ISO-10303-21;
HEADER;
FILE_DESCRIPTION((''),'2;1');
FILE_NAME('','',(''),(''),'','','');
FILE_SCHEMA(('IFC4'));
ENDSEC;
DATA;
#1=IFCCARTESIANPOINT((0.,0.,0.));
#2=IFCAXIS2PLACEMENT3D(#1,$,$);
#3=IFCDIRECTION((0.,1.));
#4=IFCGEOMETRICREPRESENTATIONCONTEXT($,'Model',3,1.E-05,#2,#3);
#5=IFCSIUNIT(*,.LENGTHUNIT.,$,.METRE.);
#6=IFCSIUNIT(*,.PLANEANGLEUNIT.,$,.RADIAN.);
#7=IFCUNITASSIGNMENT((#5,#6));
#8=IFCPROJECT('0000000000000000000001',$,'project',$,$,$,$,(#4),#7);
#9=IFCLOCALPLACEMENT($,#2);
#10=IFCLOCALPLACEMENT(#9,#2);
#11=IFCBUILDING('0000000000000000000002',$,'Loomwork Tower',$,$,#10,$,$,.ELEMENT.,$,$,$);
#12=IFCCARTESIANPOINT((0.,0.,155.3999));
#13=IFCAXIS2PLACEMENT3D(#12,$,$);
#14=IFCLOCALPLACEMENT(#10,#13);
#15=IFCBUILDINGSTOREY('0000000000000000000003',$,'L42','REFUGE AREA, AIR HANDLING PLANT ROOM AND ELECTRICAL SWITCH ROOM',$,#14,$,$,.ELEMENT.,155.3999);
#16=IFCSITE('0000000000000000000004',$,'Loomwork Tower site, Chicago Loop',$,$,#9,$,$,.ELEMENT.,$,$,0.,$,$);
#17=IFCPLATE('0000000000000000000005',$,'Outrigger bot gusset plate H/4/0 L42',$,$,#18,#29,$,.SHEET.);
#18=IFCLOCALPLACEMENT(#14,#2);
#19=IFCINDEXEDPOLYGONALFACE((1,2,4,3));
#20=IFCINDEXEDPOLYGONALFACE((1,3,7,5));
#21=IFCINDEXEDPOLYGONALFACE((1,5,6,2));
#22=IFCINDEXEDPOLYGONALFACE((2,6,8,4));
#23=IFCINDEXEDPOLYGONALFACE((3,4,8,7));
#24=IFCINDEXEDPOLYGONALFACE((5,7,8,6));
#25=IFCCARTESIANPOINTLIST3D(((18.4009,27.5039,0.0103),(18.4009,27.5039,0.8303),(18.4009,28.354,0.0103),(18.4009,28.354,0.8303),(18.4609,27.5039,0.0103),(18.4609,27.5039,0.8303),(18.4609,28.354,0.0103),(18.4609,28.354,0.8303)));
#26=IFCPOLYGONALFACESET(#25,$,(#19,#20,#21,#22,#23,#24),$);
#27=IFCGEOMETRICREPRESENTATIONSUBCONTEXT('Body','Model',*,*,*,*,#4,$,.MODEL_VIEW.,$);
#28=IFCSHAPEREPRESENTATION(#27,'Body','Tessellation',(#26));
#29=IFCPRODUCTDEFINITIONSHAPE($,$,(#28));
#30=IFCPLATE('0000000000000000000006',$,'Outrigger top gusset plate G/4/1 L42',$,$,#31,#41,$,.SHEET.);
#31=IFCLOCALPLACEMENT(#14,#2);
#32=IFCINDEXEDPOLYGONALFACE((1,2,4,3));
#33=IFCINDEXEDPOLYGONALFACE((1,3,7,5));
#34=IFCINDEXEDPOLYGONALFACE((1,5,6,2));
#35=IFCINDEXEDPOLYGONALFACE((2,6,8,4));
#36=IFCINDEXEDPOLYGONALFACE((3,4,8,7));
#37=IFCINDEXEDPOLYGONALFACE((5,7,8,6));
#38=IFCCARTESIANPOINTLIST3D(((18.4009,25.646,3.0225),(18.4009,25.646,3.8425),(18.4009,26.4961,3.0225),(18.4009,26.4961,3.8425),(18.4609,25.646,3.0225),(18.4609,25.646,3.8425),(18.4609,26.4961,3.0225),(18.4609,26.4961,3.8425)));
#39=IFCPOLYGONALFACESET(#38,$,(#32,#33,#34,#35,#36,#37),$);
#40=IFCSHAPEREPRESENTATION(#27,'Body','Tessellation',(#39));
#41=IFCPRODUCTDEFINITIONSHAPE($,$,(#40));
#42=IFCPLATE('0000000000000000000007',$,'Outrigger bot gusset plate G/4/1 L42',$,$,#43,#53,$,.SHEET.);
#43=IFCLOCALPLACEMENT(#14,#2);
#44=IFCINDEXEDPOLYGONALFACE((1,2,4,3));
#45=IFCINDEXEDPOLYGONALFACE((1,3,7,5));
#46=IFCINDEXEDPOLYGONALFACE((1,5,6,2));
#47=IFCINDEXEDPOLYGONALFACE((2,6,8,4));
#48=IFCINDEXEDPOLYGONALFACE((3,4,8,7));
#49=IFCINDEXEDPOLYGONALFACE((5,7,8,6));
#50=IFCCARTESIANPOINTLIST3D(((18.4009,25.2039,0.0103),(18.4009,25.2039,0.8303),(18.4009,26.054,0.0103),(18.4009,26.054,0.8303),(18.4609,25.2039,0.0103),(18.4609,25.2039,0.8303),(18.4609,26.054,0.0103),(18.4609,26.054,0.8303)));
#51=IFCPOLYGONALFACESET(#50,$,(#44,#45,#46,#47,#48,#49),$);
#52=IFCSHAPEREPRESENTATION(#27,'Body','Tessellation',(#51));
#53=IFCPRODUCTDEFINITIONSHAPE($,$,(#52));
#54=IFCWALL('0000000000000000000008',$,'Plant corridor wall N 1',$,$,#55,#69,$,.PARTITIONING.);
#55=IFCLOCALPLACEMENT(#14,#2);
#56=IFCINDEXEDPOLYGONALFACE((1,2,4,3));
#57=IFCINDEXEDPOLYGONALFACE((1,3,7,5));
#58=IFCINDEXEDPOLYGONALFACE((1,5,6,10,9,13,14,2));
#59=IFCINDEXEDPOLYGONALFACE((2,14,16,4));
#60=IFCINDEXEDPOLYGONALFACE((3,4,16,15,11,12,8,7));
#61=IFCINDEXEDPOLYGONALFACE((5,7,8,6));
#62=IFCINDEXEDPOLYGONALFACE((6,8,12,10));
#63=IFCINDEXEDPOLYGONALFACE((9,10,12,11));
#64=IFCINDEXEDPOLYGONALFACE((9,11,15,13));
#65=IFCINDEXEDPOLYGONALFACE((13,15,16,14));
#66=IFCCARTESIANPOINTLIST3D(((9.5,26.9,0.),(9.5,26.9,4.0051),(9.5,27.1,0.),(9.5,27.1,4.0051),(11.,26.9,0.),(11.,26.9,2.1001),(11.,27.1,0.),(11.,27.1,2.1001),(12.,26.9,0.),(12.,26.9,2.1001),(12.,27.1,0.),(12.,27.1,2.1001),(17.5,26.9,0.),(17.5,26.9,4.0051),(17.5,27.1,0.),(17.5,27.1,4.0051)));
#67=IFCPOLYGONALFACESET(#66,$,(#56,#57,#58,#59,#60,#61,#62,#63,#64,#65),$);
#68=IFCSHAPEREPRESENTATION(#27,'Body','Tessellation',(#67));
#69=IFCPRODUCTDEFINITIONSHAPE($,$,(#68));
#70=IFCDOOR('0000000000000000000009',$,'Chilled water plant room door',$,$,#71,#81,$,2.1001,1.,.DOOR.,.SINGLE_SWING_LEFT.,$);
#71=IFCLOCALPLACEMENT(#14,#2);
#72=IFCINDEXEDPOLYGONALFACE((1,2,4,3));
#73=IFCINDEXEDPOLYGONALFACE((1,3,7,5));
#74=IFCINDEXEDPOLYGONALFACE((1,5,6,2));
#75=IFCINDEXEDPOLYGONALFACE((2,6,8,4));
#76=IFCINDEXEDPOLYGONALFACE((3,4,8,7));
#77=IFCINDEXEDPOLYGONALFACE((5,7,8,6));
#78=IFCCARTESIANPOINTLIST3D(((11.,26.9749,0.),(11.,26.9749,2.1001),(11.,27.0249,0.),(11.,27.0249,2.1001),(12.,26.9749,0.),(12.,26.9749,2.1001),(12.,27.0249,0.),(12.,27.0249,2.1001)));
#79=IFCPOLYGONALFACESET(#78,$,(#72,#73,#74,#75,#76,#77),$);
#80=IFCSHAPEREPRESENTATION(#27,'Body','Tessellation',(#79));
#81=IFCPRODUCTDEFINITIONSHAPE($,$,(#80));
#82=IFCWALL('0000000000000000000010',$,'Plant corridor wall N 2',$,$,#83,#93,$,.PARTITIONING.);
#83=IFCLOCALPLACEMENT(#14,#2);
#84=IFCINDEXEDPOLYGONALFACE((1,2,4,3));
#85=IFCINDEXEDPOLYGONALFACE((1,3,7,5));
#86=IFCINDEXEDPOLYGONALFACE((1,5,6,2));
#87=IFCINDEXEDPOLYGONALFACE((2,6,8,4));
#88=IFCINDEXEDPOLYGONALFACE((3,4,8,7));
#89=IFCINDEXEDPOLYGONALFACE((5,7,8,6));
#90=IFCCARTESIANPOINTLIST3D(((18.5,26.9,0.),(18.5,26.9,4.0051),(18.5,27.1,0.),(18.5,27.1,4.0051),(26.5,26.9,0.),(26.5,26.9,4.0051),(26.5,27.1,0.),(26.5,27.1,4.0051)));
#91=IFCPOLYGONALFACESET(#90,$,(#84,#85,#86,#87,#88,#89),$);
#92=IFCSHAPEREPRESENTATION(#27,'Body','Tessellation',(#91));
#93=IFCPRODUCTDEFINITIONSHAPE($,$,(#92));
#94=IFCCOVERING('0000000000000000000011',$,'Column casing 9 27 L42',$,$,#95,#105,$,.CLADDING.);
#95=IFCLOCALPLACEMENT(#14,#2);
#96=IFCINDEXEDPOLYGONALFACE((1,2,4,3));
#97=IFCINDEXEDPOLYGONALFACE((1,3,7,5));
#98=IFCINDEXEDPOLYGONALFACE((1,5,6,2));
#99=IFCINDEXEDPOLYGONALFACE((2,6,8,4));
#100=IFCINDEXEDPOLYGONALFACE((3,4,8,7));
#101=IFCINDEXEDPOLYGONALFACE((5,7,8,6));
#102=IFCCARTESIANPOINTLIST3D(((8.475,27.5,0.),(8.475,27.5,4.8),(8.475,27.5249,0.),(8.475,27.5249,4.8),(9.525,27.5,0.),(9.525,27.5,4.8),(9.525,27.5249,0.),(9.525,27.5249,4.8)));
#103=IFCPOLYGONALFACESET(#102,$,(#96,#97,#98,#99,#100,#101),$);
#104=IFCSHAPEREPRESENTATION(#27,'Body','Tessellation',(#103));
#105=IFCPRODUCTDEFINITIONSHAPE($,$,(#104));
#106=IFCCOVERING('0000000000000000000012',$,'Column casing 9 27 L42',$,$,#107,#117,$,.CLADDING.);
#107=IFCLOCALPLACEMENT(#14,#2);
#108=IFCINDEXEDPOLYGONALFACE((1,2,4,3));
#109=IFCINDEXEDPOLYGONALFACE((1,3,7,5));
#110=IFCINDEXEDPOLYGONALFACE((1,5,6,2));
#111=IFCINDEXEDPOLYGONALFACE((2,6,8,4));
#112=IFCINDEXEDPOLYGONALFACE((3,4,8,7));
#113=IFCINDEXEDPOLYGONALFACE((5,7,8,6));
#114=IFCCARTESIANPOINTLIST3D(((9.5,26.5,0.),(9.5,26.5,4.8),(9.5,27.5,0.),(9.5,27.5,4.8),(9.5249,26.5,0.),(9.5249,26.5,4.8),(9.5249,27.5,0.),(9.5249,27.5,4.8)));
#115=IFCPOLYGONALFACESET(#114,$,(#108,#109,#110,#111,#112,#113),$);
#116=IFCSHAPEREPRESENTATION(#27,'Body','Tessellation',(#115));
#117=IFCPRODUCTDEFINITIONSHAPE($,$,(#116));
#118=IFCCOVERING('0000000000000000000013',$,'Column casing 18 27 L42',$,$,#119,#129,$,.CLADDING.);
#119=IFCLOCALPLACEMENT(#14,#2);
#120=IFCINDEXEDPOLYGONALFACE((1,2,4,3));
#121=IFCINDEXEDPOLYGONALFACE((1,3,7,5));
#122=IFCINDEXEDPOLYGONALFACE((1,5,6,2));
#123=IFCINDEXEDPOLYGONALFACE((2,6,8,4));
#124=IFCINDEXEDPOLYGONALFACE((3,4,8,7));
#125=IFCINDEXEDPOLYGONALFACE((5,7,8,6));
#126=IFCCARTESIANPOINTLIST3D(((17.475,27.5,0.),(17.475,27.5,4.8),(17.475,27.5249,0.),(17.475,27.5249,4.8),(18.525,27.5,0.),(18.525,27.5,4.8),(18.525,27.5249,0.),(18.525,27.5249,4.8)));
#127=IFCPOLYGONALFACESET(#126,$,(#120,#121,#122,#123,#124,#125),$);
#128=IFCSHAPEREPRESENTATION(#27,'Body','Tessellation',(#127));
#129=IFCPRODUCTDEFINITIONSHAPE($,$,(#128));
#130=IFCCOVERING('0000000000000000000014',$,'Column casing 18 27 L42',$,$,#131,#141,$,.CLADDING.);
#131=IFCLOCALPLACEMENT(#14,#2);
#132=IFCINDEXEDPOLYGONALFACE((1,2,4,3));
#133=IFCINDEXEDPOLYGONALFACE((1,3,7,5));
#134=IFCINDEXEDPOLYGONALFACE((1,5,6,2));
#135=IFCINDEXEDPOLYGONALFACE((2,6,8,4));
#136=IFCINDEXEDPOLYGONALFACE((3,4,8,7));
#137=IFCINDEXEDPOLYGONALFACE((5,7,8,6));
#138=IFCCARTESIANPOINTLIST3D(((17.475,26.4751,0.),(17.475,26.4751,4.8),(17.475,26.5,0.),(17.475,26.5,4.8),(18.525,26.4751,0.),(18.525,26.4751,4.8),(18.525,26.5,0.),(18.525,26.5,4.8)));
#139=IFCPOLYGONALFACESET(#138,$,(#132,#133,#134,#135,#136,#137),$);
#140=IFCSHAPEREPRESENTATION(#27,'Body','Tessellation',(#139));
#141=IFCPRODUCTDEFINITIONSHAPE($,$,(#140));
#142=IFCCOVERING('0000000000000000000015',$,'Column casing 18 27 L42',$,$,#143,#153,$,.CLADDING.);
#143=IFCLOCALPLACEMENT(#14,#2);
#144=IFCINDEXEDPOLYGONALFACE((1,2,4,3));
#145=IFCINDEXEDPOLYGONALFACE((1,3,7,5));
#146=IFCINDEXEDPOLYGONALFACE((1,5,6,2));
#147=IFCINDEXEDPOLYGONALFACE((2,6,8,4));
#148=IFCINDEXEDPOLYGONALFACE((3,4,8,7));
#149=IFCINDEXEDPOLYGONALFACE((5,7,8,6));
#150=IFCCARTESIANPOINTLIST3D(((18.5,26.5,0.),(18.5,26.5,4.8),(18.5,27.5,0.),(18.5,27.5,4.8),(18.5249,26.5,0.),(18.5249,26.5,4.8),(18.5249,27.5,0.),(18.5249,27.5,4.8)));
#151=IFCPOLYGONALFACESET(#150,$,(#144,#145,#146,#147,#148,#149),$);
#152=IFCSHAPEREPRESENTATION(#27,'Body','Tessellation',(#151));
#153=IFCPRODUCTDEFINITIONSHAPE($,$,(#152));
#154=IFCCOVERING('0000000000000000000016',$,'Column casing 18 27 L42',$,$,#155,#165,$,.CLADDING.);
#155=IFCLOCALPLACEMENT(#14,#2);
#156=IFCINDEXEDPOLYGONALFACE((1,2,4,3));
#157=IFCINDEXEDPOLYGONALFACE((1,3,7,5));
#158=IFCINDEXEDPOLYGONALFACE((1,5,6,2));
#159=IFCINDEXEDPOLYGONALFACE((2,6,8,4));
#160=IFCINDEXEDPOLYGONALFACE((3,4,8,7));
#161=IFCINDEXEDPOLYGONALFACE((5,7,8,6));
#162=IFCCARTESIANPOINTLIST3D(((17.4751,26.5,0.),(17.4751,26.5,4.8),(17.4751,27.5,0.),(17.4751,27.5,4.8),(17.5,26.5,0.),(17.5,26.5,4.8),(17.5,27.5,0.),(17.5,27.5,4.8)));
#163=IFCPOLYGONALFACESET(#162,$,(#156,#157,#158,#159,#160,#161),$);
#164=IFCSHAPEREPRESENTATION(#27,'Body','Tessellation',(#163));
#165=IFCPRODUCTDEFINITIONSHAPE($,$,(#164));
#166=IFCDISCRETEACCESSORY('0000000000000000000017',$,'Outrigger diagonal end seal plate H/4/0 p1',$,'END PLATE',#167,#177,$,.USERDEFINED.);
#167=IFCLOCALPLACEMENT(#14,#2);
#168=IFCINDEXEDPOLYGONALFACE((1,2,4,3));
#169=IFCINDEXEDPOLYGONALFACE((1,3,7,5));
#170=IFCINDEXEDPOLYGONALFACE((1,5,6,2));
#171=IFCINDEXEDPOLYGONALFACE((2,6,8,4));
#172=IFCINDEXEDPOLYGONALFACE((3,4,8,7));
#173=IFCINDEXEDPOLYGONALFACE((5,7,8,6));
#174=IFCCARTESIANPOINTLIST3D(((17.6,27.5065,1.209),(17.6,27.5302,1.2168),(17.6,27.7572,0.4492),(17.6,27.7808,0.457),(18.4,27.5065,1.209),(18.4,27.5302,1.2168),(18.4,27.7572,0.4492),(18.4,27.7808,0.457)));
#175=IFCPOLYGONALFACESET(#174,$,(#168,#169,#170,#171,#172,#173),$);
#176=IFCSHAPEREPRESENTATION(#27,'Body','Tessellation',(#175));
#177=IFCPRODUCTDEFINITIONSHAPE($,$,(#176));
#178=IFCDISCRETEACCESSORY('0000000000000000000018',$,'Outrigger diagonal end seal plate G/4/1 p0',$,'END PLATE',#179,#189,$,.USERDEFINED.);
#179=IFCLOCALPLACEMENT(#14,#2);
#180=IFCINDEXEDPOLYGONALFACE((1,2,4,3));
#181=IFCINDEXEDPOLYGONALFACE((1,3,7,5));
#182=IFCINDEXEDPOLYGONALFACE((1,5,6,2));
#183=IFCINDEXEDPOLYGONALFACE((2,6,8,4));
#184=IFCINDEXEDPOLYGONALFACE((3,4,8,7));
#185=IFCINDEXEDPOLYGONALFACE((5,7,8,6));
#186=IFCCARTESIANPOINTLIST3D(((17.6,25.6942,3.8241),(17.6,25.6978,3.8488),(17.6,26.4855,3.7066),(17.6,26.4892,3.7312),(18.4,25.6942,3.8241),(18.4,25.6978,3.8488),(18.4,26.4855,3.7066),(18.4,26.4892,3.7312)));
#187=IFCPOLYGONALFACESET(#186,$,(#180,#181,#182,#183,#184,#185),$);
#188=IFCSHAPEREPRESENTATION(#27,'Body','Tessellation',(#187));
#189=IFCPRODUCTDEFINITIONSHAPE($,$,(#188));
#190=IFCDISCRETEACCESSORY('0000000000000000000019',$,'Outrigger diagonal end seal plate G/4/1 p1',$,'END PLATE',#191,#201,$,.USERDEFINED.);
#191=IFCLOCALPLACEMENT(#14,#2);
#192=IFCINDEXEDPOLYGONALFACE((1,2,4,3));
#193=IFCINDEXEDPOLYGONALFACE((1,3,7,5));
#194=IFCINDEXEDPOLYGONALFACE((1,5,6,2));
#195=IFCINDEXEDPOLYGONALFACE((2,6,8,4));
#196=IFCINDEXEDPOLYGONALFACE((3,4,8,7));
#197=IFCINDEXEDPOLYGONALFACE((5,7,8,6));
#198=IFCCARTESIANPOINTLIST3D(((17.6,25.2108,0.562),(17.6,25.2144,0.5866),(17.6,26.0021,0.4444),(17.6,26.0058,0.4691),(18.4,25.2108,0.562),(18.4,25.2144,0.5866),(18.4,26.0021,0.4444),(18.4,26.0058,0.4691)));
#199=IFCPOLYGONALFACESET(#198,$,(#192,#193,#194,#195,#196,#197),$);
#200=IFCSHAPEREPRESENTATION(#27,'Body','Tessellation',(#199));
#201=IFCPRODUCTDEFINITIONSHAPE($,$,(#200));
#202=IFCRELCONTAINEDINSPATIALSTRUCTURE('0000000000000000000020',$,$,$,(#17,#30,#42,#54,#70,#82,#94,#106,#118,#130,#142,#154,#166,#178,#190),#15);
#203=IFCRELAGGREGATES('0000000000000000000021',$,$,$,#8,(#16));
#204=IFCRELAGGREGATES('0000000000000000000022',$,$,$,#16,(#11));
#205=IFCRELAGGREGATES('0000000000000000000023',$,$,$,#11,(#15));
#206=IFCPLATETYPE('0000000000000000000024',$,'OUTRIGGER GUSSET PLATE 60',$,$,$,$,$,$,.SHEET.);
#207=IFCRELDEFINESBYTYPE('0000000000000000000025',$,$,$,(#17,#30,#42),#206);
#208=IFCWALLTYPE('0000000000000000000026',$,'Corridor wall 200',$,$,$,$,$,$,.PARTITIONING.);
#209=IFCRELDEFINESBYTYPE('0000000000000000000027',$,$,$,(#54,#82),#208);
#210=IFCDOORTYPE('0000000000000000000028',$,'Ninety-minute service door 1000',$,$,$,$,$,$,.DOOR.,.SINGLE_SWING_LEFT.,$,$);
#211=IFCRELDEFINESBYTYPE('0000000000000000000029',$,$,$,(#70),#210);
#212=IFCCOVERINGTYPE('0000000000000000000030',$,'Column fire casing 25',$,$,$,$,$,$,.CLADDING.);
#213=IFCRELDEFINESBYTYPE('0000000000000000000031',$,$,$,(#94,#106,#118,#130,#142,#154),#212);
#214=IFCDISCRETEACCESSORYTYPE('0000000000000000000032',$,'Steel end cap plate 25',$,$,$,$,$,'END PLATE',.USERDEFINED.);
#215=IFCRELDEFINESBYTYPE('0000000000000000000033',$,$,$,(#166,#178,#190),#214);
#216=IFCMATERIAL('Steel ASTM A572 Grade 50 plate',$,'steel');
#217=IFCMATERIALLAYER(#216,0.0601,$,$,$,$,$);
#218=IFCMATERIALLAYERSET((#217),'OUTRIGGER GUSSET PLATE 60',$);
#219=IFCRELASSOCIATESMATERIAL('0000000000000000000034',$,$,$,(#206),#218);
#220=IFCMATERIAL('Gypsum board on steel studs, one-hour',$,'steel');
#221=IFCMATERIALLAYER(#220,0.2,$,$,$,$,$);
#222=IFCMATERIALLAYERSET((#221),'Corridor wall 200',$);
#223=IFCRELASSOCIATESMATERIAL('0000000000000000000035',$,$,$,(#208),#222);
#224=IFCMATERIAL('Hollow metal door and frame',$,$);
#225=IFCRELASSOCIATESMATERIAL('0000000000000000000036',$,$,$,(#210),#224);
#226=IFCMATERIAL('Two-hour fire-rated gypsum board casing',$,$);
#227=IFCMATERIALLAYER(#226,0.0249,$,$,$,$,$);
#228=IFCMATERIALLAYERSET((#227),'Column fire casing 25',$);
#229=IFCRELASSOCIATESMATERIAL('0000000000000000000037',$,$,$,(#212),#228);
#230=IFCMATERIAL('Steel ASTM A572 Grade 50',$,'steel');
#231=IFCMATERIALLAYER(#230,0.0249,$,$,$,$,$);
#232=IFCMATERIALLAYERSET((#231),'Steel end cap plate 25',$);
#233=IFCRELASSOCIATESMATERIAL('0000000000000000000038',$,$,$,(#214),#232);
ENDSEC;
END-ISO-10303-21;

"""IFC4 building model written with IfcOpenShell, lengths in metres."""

from ifc_helpers import new_model, si_unit, direction, frame, frame_2d, origin, origin_2d, place, context, subcontext, project, spatial, rectangle, extrude, material, layer, layer_set, type_object, element, fill, save


model = new_model("IFC4")

# Units and contexts
model_context = context("Model", 3, precision=1e-05, world=origin(), true_north=direction((0.0, 1.0)))
body_context = subcontext(model_context, "Body", "Model", "MODEL_VIEW")
ifc_project = project(units=[si_unit("LENGTHUNIT", "METRE"), si_unit("PLANEANGLEUNIT", "RADIAN")], contexts=[model_context])

# Site, building, storey
site_placement = place(None, origin())
site = spatial("IfcSite", under=ifc_project, at=site_placement, Name="Loomwork Tower site, Chicago Loop", CompositionType="ELEMENT", RefElevation=0.0)
building_placement = place(site_placement, origin())
building = spatial("IfcBuilding", under=site, at=building_placement, Name="Loomwork Tower", CompositionType="ELEMENT")
storey_placement = place(building_placement, frame((0.0, 0.0, 155.3999)))
storey = spatial("IfcBuildingStorey", under=building, at=storey_placement, Name="L42", Description="REFUGE AREA, AIR HANDLING PLANT ROOM AND ELECTRICAL SWITCH ROOM", CompositionType="ELEMENT", Elevation=155.3999)

# Plates
ifc_material_1 = material(Name="Steel ASTM A572 Grade 50 plate", Category="steel")
ifc_layer_1 = layer(ifc_material_1, 0.0601)
ifc_layer_set_1 = layer_set([ifc_layer_1], Name="OUTRIGGER GUSSET PLATE 60")
plate_type = type_object("IfcPlateType", Name="OUTRIGGER GUSSET PLATE 60", PredefinedType="SHEET", material=ifc_layer_set_1)
for number, where, z_axis, x_axis, name in (
    (1, (18.4309, 27.929, 0.0103), (0.0, 0.0, 1.0), (0.0, 1.0, 0.0), "Outrigger bot gusset plate H/4/0 L42"),
    (2, (18.4309, 26.071, 3.0225), (0.0, 0.0, 1.0), (0.0, 1.0, 0.0), "Outrigger top gusset plate G/4/1 L42"),
    (3, (18.4309, 25.6289, 0.0103), (0.0, 0.0, 1.0), (0.0, 1.0, 0.0), "Outrigger bot gusset plate G/4/1 L42"),
):
    element("IfcPlate", number, at=place(storey_placement, frame(where, z_axis=z_axis, x_axis=x_axis)), inside=storey, type_object=plate_type, Name=name, PredefinedType="SHEET", context=body_context, shape_type="SweptSolid", body=[
        extrude(rectangle(XDim=0.8501, YDim=0.0601, at=origin_2d()), origin(), (0.0, 0.0, 1.0), 0.8201),
    ])

# Wall, opening, door
ifc_material_2 = material(Name="Gypsum board on steel studs, one-hour", Category="steel")
ifc_layer_2 = layer(ifc_material_2, 0.2)
ifc_layer_set_2 = layer_set([ifc_layer_2], Name="Corridor wall 200")
wall_type = type_object("IfcWallType", Name="Corridor wall 200", PredefinedType="PARTITIONING", material=ifc_layer_set_2)
wall_1_placement = place(storey_placement, frame((9.5, 27.0, 0.0), z_axis=(0.0, 0.0, 1.0), x_axis=(1.0, 0.0, 0.0)))
wall_1 = element("IfcWall", 4, at=wall_1_placement, inside=storey, type_object=wall_type, Name="Plant corridor wall N 1", PredefinedType="PARTITIONING", context=body_context, shape_type="SweptSolid", body=[
    extrude(rectangle(XDim=8.0, YDim=0.2, at=frame_2d((4.0, 0.0))), origin(), (0.0, 0.0, 1.0), 4.0051),
])
opening_placement = place(wall_1_placement, frame((1.5, 0.0, 0.0)))
opening = element("IfcOpeningElement", 5, at=opening_placement, cuts=wall_1, PredefinedType="OPENING", context=body_context, shape_type="SweptSolid", body=[
    extrude(rectangle(XDim=1.0, YDim=2.1001, at=frame_2d((0.5, 1.05))), frame((0.0, 0.1099, 0.0), z_axis=(0.0, -1.0, 0.0), x_axis=(1.0, 0.0, 0.0)), (0.0, 0.0, 1.0), 0.22),
])
ifc_material_3 = material(Name="Hollow metal door and frame")
door_type = type_object("IfcDoorType", Name="Ninety-minute service door 1000", OperationType="SINGLE_SWING_LEFT", PredefinedType="DOOR", material=ifc_material_3)
door_placement = place(opening_placement, origin())
door = element("IfcDoor", 6, at=door_placement, inside=storey, type_object=door_type, Name="Chilled water plant room door", OperationType="SINGLE_SWING_LEFT", OverallHeight=2.1001, OverallWidth=1.0, PredefinedType="DOOR", context=body_context, shape_type="SweptSolid", body=[
    extrude(rectangle(XDim=1.0, YDim=2.1001, at=frame_2d((0.5, 1.05))), frame((0.0, 0.0249, 0.0), z_axis=(0.0, -1.0, 0.0), x_axis=(1.0, 0.0, 0.0)), (0.0, 0.0, 1.0), 0.05),
])
fill(opening, door)

# Wall
wall_2_placement = place(storey_placement, frame((18.5, 27.0, 0.0), z_axis=(0.0, 0.0, 1.0), x_axis=(1.0, 0.0, 0.0)))
element("IfcWall", 7, at=wall_2_placement, inside=storey, type_object=wall_type, Name="Plant corridor wall N 2", PredefinedType="PARTITIONING", context=body_context, shape_type="SweptSolid", body=[
    extrude(rectangle(XDim=8.0, YDim=0.2, at=frame_2d((4.0, 0.0))), origin(), (0.0, 0.0, 1.0), 4.0051),
])

# Coverings
ifc_material_4 = material(Name="Two-hour fire-rated gypsum board casing")
ifc_layer_3 = layer(ifc_material_4, 0.0249)
ifc_layer_set_3 = layer_set([ifc_layer_3], Name="Column fire casing 25")
covering_type = type_object("IfcCoveringType", Name="Column fire casing 25", PredefinedType="CLADDING", material=ifc_layer_set_3)
covering_1_placement = place(storey_placement, frame((9.0, 27.5125, 0.0), z_axis=(0.0, 0.0, 1.0), x_axis=(1.0, 0.0, 0.0)))
element("IfcCovering", 8, at=covering_1_placement, inside=storey, type_object=covering_type, Name="Column casing 9 27 L42", PredefinedType="CLADDING", context=body_context, shape_type="SweptSolid", body=[
    extrude(rectangle(XDim=1.05, YDim=0.0249, at=origin_2d()), origin(), (0.0, 0.0, 1.0), 4.8),
])
covering_2_placement = place(storey_placement, frame((9.5125, 27.0, 0.0), z_axis=(0.0, 0.0, 1.0), x_axis=(1.0, 0.0, 0.0)))
element("IfcCovering", 9, at=covering_2_placement, inside=storey, type_object=covering_type, Name="Column casing 9 27 L42", PredefinedType="CLADDING", context=body_context, shape_type="SweptSolid", body=[
    extrude(rectangle(XDim=0.0249, YDim=1.0, at=origin_2d()), origin(), (0.0, 0.0, 1.0), 4.8),
])
for number, where, z_axis, x_axis, name in (
    (10, (18.0, 27.5125, 0.0), (0.0, 0.0, 1.0), (1.0, 0.0, 0.0), "Column casing 18 27 L42"),
    (11, (18.0, 26.4875, 0.0), (0.0, 0.0, 1.0), (1.0, 0.0, 0.0), "Column casing 18 27 L42"),
):
    element("IfcCovering", number, at=place(storey_placement, frame(where, z_axis=z_axis, x_axis=x_axis)), inside=storey, type_object=covering_type, Name=name, PredefinedType="CLADDING", context=body_context, shape_type="SweptSolid", body=[
        extrude(rectangle(XDim=1.05, YDim=0.0249, at=origin_2d()), origin(), (0.0, 0.0, 1.0), 4.8),
    ])
for number, where, z_axis, x_axis, name in (
    (12, (18.5125, 27.0, 0.0), (0.0, 0.0, 1.0), (1.0, 0.0, 0.0), "Column casing 18 27 L42"),
    (13, (17.4875, 27.0, 0.0), (0.0, 0.0, 1.0), (1.0, 0.0, 0.0), "Column casing 18 27 L42"),
):
    element("IfcCovering", number, at=place(storey_placement, frame(where, z_axis=z_axis, x_axis=x_axis)), inside=storey, type_object=covering_type, Name=name, PredefinedType="CLADDING", context=body_context, shape_type="SweptSolid", body=[
        extrude(rectangle(XDim=0.0249, YDim=1.0, at=origin_2d()), origin(), (0.0, 0.0, 1.0), 4.8),
    ])

# Discrete accessories
ifc_material_5 = material(Name="Steel ASTM A572 Grade 50", Category="steel")
ifc_layer_4 = layer(ifc_material_5, 0.0249)
ifc_layer_set_4 = layer_set([ifc_layer_4], Name="Steel end cap plate 25")
discrete_accessory_type = type_object("IfcDiscreteAccessoryType", Name="Steel end cap plate 25", ElementType="END PLATE", PredefinedType="USERDEFINED", material=ifc_layer_set_4)
for number, where, z_axis, x_axis, name in (
    (14, (18.0, 27.6555, 0.8369), (0.0, -0.949658, -0.313289), (1.0, 0.0, 0.0), "Outrigger diagonal end seal plate H/4/0 p1"),
    (15, (18.0, 26.0898, 3.7654), (0.0, 0.146904, 0.989151), (-1.0, 0.0, 0.0), "Outrigger diagonal end seal plate G/4/1 p0"),
    (16, (18.0, 25.6101, 0.5278), (0.0, -0.146904, -0.989151), (1.0, 0.0, 0.0), "Outrigger diagonal end seal plate G/4/1 p1"),
):
    element("IfcDiscreteAccessory", number, at=place(storey_placement, frame(where, z_axis=z_axis, x_axis=x_axis)), inside=storey, type_object=discrete_accessory_type, Name=name, ObjectType="END PLATE", PredefinedType="USERDEFINED", context=body_context, shape_type="SweptSolid", body=[
        extrude(rectangle(XDim=0.8, YDim=0.8, at=origin_2d()), origin(), (0.0, 0.0, 1.0), 0.0249),
    ])

save(model, "model.ifc")
